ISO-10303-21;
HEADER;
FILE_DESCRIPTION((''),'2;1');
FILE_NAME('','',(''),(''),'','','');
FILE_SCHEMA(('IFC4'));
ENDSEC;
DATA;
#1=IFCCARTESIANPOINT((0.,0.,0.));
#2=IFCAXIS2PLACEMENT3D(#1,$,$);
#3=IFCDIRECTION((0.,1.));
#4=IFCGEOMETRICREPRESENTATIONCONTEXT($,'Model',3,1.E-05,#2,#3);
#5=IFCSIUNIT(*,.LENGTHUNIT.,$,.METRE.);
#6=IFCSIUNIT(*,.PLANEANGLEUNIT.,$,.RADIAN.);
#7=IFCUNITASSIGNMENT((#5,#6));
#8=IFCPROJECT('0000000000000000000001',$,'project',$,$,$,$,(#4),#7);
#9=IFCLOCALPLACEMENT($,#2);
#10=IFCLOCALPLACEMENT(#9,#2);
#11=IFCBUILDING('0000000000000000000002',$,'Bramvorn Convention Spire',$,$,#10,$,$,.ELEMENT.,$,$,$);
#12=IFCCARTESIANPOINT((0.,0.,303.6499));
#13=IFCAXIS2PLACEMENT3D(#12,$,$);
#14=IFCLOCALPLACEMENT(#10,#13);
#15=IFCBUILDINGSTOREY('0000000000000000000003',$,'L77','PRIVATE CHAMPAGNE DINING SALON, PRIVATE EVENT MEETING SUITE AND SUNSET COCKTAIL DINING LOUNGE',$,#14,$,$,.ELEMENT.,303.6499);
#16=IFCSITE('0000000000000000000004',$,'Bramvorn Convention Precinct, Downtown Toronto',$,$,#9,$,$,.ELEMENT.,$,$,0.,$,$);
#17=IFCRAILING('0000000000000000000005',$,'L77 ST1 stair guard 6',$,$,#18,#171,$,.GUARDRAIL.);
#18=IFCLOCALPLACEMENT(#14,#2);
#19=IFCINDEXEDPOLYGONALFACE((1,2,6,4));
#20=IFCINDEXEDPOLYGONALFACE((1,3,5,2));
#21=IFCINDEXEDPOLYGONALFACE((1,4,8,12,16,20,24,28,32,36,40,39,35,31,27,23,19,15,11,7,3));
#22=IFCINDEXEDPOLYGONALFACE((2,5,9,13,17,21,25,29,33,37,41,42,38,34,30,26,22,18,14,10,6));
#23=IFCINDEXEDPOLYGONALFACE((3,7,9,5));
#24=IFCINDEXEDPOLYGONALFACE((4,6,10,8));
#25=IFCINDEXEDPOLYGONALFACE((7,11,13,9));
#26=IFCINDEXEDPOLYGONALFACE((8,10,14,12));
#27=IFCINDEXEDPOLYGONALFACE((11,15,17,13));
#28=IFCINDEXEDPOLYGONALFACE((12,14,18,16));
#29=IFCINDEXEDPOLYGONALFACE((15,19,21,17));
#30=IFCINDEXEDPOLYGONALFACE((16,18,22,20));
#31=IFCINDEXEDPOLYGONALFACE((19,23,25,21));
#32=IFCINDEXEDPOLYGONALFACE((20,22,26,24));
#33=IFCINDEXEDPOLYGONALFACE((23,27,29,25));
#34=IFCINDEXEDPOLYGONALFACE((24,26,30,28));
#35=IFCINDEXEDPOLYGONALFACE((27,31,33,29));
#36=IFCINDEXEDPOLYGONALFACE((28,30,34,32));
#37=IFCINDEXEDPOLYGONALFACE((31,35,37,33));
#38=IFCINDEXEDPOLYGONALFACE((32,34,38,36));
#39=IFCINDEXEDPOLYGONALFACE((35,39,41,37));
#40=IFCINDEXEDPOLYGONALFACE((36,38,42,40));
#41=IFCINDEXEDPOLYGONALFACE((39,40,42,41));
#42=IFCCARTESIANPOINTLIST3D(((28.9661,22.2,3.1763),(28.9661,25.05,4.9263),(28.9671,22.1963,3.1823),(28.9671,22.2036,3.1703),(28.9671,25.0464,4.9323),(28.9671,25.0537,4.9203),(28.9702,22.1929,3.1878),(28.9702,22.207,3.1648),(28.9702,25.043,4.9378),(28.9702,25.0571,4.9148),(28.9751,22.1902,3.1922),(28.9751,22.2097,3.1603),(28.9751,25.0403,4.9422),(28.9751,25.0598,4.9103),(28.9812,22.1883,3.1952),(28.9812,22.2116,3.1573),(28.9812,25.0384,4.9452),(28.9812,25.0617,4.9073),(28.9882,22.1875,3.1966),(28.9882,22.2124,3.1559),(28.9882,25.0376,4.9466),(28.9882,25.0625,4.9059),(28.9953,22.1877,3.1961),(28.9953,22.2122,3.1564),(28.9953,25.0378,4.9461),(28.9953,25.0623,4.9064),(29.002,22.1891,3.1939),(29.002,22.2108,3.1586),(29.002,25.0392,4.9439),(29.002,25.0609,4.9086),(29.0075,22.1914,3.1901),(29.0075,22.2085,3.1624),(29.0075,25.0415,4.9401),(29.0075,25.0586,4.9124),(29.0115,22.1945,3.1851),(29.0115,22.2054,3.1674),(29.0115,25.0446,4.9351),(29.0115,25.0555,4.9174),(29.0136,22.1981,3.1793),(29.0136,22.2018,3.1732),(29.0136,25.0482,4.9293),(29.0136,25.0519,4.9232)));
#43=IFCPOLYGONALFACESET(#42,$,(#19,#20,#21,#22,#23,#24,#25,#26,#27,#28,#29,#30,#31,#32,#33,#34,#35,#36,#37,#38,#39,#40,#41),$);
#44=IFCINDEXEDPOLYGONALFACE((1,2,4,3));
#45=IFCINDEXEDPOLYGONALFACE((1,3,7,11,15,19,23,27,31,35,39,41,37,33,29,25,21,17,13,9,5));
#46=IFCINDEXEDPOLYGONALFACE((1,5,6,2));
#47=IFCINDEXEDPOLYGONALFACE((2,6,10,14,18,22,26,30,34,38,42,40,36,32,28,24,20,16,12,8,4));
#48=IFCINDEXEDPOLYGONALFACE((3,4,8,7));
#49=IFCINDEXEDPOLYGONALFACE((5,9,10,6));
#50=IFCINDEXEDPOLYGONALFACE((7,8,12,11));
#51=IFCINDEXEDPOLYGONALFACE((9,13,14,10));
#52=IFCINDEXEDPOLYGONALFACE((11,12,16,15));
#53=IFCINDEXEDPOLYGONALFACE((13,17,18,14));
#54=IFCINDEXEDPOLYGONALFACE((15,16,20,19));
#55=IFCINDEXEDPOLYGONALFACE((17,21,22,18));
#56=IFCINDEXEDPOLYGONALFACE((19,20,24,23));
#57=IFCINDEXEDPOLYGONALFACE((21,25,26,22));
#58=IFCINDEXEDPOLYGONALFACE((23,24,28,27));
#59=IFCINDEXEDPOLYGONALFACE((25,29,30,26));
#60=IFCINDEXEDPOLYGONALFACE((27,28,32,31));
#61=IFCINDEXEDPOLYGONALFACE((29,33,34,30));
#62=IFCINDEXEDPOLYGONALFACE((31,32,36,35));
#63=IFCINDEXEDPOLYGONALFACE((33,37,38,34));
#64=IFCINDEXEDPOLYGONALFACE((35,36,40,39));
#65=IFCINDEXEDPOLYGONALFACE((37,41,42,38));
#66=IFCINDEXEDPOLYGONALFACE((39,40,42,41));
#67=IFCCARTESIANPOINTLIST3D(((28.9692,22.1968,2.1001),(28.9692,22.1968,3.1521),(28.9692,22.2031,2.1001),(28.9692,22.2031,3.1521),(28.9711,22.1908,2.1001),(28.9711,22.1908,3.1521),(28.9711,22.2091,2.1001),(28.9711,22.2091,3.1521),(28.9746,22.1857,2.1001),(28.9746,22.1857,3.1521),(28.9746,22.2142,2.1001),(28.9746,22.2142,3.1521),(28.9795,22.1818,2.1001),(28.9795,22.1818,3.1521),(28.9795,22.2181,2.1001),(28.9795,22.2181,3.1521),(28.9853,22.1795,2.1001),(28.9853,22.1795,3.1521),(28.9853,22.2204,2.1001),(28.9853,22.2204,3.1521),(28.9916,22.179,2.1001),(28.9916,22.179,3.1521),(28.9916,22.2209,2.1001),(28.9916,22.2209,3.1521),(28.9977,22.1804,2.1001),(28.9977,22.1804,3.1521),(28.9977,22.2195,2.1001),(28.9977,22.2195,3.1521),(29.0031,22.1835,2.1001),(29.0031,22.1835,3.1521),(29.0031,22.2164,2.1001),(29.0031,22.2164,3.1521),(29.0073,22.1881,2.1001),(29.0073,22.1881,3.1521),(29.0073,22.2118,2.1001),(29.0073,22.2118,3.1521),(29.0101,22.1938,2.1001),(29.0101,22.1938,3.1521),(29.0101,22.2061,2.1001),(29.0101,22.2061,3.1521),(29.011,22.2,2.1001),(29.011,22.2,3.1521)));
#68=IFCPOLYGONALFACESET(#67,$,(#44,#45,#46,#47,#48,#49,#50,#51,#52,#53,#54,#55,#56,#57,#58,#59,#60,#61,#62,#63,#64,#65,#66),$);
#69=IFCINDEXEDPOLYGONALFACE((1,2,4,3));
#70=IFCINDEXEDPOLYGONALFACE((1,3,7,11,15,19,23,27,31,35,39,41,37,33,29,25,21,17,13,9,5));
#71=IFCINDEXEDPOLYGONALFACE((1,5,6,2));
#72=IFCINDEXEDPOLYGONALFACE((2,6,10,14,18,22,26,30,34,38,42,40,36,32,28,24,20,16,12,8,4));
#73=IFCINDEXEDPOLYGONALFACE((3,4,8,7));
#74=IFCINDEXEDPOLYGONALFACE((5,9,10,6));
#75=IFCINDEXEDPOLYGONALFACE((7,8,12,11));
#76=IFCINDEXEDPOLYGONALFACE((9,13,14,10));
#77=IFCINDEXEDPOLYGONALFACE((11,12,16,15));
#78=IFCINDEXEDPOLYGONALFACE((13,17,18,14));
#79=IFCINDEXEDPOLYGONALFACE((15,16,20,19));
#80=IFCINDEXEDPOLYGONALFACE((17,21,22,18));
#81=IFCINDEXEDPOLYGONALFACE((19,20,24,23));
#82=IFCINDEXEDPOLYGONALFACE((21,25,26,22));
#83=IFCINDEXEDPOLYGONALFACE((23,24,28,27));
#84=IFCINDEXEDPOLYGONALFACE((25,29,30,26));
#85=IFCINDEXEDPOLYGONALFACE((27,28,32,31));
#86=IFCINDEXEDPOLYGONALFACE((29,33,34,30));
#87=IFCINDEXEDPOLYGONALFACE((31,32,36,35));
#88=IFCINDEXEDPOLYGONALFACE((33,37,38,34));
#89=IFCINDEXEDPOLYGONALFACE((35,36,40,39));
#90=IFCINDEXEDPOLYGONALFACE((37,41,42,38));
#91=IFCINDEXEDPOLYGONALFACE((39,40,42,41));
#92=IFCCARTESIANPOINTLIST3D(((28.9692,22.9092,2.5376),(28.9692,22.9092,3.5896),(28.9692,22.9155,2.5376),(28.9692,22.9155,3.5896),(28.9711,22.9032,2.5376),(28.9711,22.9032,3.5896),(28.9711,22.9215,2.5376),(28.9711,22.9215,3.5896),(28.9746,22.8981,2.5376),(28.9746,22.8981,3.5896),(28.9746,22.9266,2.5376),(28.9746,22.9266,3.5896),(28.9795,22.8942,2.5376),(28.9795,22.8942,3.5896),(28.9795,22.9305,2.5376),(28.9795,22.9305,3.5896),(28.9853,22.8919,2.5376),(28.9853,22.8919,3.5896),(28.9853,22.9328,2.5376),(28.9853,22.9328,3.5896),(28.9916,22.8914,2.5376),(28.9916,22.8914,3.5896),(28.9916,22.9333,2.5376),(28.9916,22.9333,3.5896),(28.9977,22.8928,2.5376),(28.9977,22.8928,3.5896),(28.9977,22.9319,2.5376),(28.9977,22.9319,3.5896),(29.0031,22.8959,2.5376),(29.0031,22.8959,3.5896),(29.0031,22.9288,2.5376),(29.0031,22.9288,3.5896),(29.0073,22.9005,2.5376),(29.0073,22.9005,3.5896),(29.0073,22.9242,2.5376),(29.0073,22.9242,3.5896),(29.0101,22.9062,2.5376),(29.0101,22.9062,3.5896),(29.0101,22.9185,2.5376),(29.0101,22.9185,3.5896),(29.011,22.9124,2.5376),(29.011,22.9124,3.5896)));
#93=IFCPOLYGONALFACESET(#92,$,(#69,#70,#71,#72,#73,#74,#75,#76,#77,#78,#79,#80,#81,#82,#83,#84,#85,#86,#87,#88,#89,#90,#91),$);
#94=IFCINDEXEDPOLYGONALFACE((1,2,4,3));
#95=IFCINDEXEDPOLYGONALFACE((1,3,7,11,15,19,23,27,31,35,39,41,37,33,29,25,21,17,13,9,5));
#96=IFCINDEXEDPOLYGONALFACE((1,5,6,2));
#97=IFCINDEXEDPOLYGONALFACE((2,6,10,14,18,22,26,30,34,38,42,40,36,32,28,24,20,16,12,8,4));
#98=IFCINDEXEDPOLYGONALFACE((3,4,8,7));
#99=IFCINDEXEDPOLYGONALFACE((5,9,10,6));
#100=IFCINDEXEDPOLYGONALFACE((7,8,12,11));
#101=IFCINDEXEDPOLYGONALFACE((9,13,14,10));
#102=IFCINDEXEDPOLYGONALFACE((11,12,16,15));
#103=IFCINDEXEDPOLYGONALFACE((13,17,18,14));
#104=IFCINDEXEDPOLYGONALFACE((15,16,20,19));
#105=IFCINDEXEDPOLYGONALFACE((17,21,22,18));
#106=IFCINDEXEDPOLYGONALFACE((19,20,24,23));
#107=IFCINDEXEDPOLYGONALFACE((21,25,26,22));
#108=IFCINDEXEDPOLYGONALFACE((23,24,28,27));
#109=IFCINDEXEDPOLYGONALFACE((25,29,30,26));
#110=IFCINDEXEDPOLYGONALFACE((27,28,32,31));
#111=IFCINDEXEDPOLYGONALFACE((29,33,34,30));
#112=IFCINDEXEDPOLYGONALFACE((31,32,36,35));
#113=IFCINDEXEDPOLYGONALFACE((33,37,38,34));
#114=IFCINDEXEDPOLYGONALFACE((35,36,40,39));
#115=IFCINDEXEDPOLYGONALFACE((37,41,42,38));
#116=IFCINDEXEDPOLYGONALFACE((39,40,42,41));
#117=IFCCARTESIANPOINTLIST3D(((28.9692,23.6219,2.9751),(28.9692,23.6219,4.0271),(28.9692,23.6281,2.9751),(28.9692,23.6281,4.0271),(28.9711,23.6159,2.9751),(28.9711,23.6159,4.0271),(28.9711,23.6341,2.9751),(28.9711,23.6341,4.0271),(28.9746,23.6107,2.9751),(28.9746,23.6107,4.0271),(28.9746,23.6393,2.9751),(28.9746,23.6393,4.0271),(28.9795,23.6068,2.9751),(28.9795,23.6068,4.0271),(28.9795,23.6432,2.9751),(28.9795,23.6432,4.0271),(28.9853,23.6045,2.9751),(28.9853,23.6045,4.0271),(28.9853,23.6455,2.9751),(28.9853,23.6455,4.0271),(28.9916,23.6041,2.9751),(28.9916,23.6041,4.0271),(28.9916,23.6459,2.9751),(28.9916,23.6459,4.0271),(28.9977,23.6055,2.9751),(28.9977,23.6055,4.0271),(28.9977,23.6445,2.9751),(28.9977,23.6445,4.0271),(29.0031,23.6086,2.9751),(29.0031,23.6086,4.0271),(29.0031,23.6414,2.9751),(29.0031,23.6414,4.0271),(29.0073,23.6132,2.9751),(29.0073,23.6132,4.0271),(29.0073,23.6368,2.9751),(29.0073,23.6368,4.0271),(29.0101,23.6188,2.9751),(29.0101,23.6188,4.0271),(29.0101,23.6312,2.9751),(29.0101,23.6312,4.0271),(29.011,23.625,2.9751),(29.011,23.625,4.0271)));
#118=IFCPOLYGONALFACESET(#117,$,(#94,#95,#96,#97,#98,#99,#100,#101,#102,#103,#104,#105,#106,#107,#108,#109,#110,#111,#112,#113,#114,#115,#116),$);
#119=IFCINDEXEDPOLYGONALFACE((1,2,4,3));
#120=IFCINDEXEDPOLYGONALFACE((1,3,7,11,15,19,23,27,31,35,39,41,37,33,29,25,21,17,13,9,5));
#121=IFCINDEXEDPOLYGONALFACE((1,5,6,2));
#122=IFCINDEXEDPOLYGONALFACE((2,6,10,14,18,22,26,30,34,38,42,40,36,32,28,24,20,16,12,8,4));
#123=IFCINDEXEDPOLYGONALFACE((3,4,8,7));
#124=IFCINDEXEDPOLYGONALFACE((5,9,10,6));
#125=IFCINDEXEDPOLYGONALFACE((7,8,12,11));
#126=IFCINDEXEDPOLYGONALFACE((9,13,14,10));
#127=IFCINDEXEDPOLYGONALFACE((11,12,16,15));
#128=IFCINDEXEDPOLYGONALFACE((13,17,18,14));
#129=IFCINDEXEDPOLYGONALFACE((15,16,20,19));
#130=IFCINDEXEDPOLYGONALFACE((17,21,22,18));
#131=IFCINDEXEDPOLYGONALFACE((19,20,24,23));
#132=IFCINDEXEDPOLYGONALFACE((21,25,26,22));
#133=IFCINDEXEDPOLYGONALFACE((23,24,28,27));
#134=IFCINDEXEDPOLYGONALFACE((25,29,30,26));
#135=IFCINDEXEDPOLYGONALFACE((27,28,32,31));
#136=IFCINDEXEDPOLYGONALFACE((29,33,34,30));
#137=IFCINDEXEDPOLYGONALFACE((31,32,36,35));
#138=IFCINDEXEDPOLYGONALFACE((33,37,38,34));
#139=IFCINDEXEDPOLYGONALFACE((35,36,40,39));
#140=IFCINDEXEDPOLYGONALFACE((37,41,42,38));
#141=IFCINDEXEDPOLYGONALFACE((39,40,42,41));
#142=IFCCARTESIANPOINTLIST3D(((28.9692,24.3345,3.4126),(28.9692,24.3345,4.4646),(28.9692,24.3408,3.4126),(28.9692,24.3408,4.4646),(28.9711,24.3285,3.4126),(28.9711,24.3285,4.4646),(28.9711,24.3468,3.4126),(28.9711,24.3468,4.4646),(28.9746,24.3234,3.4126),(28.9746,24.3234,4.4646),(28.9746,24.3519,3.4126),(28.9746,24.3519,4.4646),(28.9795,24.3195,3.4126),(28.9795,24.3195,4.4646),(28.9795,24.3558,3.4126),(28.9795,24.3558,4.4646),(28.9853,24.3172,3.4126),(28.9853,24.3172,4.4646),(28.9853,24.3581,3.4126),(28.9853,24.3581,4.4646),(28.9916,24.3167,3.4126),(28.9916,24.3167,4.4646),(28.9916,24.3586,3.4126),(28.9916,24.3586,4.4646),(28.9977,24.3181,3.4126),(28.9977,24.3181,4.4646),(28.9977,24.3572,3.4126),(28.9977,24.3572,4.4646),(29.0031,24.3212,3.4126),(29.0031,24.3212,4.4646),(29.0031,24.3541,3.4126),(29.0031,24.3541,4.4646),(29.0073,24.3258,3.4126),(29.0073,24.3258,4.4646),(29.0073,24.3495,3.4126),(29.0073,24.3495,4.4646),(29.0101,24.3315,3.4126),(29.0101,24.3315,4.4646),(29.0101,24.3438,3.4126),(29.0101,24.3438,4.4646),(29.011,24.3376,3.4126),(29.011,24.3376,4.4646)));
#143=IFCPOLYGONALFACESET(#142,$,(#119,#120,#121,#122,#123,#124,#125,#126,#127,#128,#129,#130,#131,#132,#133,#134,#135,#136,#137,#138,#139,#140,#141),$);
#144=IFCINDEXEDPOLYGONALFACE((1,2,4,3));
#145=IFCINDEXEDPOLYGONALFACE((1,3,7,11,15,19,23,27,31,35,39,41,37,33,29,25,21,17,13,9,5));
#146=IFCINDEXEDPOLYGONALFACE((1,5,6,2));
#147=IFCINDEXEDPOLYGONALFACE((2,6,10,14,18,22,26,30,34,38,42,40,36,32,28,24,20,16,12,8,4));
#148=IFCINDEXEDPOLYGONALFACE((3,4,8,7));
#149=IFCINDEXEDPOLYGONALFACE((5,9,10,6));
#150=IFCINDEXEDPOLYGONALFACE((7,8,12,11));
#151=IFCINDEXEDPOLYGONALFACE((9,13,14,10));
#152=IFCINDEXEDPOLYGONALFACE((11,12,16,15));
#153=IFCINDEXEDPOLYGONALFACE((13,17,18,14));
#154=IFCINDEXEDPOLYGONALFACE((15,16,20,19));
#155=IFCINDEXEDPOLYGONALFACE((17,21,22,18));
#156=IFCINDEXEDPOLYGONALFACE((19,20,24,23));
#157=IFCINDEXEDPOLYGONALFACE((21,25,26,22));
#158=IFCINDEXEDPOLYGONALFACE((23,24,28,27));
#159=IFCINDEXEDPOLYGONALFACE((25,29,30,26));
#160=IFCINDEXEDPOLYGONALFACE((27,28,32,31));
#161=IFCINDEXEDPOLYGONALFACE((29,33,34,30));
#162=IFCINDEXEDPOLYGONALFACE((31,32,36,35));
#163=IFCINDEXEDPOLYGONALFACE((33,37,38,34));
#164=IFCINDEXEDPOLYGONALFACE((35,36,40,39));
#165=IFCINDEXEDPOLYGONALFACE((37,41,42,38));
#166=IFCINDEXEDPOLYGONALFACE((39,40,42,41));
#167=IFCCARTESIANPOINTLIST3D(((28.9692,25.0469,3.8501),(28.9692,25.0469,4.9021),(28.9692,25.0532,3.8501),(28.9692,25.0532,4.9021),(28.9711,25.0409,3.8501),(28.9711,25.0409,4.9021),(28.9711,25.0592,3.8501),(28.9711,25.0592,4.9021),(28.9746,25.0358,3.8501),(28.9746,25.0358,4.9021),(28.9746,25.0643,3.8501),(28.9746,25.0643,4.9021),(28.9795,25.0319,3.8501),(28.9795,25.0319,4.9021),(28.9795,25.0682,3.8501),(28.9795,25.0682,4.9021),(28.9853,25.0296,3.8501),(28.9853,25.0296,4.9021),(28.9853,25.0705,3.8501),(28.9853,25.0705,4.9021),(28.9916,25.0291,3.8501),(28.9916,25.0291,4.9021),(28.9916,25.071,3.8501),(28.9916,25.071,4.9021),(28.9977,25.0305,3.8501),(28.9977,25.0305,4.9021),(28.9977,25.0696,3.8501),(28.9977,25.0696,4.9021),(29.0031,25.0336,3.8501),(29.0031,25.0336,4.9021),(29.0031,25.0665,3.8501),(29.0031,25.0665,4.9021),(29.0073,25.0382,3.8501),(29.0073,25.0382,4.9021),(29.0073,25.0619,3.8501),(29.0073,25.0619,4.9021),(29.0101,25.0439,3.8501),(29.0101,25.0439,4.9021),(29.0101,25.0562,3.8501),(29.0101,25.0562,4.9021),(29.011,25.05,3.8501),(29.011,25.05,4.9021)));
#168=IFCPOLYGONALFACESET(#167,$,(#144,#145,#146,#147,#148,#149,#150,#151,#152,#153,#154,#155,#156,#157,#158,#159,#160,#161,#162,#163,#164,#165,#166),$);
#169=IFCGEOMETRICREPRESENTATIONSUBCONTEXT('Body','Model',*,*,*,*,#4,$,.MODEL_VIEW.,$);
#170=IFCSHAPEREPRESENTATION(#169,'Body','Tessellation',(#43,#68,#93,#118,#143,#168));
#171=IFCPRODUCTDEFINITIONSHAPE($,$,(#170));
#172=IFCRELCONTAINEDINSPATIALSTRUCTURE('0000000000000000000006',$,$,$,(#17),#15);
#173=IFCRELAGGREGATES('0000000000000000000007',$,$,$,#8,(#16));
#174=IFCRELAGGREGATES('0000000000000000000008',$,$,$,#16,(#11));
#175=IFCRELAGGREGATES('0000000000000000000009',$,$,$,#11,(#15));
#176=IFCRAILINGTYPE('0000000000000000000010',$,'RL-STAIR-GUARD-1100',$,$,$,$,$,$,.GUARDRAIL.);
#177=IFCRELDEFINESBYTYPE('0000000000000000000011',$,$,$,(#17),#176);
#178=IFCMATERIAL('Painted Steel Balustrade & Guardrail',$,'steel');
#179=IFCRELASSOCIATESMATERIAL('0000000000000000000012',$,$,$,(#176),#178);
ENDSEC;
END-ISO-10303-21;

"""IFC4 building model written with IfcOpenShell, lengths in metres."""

from ifc_helpers import new_model, si_unit, direction, frame, origin, origin_2d, place, context, subcontext, project, spatial, circle, extrude, material, type_object, element, save


model = new_model("IFC4")

# Units and contexts
model_context = context("Model", 3, precision=1e-05, world=origin(), true_north=direction((0.0, 1.0)))
body_context = subcontext(model_context, "Body", "Model", "MODEL_VIEW")
ifc_project = project(units=[si_unit("LENGTHUNIT", "METRE"), si_unit("PLANEANGLEUNIT", "RADIAN")], contexts=[model_context])

# Site, building, storey
site_placement = place(None, origin())
site = spatial("IfcSite", under=ifc_project, at=site_placement, Name="Bramvorn Convention Precinct, Downtown Toronto", CompositionType="ELEMENT", RefElevation=0.0)
building_placement = place(site_placement, origin())
building = spatial("IfcBuilding", under=site, at=building_placement, Name="Bramvorn Convention Spire", CompositionType="ELEMENT")
storey_placement = place(building_placement, frame((0.0, 0.0, 303.6499)))
storey = spatial("IfcBuildingStorey", under=building, at=storey_placement, Name="L77", Description="PRIVATE CHAMPAGNE DINING SALON, PRIVATE EVENT MEETING SUITE AND SUNSET COCKTAIL DINING LOUNGE", CompositionType="ELEMENT", Elevation=303.6499)

# Railing
ifc_material_1 = material(Name="Painted Steel Balustrade & Guardrail", Category="steel")
railing_type_1 = type_object("IfcRailingType", Name="RL-STAIR-GUARD-1100", PredefinedType="GUARDRAIL", material=ifc_material_1)
railing_1_placement = place(storey_placement, frame((28.99, 22.2, 2.1001)))
element("IfcRailing", 1, at=railing_1_placement, inside=storey, type_object=railing_type_1, Name="L77 ST1 stair guard 6", PredefinedType="GUARDRAIL", context=body_context, shape_type="SweptSolid", body=[
    extrude(circle(Radius=0.0239, at=origin_2d()), frame((0.0, 0.0, 1.0762), z_axis=(0.0, 0.852179, 0.52325), x_axis=(-1.0, 0.0, 0.0)), (0.0, 0.0, 1.0), 3.3445),
    extrude(circle(Radius=0.021, at=origin_2d()), origin(), (0.0, 0.0, 1.0), 1.052),
    extrude(circle(Radius=0.021, at=origin_2d()), frame((0.0, 0.7124, 0.4375)), (0.0, 0.0, 1.0), 1.052),
    extrude(circle(Radius=0.021, at=origin_2d()), frame((0.0, 1.425, 0.875)), (0.0, 0.0, 1.0), 1.052),
    extrude(circle(Radius=0.021, at=origin_2d()), frame((0.0, 2.1377, 1.3125)), (0.0, 0.0, 1.0), 1.052),
    extrude(circle(Radius=0.021, at=origin_2d()), frame((0.0, 2.8501, 1.75)), (0.0, 0.0, 1.0), 1.052),
])

save(model, "model.ifc")
